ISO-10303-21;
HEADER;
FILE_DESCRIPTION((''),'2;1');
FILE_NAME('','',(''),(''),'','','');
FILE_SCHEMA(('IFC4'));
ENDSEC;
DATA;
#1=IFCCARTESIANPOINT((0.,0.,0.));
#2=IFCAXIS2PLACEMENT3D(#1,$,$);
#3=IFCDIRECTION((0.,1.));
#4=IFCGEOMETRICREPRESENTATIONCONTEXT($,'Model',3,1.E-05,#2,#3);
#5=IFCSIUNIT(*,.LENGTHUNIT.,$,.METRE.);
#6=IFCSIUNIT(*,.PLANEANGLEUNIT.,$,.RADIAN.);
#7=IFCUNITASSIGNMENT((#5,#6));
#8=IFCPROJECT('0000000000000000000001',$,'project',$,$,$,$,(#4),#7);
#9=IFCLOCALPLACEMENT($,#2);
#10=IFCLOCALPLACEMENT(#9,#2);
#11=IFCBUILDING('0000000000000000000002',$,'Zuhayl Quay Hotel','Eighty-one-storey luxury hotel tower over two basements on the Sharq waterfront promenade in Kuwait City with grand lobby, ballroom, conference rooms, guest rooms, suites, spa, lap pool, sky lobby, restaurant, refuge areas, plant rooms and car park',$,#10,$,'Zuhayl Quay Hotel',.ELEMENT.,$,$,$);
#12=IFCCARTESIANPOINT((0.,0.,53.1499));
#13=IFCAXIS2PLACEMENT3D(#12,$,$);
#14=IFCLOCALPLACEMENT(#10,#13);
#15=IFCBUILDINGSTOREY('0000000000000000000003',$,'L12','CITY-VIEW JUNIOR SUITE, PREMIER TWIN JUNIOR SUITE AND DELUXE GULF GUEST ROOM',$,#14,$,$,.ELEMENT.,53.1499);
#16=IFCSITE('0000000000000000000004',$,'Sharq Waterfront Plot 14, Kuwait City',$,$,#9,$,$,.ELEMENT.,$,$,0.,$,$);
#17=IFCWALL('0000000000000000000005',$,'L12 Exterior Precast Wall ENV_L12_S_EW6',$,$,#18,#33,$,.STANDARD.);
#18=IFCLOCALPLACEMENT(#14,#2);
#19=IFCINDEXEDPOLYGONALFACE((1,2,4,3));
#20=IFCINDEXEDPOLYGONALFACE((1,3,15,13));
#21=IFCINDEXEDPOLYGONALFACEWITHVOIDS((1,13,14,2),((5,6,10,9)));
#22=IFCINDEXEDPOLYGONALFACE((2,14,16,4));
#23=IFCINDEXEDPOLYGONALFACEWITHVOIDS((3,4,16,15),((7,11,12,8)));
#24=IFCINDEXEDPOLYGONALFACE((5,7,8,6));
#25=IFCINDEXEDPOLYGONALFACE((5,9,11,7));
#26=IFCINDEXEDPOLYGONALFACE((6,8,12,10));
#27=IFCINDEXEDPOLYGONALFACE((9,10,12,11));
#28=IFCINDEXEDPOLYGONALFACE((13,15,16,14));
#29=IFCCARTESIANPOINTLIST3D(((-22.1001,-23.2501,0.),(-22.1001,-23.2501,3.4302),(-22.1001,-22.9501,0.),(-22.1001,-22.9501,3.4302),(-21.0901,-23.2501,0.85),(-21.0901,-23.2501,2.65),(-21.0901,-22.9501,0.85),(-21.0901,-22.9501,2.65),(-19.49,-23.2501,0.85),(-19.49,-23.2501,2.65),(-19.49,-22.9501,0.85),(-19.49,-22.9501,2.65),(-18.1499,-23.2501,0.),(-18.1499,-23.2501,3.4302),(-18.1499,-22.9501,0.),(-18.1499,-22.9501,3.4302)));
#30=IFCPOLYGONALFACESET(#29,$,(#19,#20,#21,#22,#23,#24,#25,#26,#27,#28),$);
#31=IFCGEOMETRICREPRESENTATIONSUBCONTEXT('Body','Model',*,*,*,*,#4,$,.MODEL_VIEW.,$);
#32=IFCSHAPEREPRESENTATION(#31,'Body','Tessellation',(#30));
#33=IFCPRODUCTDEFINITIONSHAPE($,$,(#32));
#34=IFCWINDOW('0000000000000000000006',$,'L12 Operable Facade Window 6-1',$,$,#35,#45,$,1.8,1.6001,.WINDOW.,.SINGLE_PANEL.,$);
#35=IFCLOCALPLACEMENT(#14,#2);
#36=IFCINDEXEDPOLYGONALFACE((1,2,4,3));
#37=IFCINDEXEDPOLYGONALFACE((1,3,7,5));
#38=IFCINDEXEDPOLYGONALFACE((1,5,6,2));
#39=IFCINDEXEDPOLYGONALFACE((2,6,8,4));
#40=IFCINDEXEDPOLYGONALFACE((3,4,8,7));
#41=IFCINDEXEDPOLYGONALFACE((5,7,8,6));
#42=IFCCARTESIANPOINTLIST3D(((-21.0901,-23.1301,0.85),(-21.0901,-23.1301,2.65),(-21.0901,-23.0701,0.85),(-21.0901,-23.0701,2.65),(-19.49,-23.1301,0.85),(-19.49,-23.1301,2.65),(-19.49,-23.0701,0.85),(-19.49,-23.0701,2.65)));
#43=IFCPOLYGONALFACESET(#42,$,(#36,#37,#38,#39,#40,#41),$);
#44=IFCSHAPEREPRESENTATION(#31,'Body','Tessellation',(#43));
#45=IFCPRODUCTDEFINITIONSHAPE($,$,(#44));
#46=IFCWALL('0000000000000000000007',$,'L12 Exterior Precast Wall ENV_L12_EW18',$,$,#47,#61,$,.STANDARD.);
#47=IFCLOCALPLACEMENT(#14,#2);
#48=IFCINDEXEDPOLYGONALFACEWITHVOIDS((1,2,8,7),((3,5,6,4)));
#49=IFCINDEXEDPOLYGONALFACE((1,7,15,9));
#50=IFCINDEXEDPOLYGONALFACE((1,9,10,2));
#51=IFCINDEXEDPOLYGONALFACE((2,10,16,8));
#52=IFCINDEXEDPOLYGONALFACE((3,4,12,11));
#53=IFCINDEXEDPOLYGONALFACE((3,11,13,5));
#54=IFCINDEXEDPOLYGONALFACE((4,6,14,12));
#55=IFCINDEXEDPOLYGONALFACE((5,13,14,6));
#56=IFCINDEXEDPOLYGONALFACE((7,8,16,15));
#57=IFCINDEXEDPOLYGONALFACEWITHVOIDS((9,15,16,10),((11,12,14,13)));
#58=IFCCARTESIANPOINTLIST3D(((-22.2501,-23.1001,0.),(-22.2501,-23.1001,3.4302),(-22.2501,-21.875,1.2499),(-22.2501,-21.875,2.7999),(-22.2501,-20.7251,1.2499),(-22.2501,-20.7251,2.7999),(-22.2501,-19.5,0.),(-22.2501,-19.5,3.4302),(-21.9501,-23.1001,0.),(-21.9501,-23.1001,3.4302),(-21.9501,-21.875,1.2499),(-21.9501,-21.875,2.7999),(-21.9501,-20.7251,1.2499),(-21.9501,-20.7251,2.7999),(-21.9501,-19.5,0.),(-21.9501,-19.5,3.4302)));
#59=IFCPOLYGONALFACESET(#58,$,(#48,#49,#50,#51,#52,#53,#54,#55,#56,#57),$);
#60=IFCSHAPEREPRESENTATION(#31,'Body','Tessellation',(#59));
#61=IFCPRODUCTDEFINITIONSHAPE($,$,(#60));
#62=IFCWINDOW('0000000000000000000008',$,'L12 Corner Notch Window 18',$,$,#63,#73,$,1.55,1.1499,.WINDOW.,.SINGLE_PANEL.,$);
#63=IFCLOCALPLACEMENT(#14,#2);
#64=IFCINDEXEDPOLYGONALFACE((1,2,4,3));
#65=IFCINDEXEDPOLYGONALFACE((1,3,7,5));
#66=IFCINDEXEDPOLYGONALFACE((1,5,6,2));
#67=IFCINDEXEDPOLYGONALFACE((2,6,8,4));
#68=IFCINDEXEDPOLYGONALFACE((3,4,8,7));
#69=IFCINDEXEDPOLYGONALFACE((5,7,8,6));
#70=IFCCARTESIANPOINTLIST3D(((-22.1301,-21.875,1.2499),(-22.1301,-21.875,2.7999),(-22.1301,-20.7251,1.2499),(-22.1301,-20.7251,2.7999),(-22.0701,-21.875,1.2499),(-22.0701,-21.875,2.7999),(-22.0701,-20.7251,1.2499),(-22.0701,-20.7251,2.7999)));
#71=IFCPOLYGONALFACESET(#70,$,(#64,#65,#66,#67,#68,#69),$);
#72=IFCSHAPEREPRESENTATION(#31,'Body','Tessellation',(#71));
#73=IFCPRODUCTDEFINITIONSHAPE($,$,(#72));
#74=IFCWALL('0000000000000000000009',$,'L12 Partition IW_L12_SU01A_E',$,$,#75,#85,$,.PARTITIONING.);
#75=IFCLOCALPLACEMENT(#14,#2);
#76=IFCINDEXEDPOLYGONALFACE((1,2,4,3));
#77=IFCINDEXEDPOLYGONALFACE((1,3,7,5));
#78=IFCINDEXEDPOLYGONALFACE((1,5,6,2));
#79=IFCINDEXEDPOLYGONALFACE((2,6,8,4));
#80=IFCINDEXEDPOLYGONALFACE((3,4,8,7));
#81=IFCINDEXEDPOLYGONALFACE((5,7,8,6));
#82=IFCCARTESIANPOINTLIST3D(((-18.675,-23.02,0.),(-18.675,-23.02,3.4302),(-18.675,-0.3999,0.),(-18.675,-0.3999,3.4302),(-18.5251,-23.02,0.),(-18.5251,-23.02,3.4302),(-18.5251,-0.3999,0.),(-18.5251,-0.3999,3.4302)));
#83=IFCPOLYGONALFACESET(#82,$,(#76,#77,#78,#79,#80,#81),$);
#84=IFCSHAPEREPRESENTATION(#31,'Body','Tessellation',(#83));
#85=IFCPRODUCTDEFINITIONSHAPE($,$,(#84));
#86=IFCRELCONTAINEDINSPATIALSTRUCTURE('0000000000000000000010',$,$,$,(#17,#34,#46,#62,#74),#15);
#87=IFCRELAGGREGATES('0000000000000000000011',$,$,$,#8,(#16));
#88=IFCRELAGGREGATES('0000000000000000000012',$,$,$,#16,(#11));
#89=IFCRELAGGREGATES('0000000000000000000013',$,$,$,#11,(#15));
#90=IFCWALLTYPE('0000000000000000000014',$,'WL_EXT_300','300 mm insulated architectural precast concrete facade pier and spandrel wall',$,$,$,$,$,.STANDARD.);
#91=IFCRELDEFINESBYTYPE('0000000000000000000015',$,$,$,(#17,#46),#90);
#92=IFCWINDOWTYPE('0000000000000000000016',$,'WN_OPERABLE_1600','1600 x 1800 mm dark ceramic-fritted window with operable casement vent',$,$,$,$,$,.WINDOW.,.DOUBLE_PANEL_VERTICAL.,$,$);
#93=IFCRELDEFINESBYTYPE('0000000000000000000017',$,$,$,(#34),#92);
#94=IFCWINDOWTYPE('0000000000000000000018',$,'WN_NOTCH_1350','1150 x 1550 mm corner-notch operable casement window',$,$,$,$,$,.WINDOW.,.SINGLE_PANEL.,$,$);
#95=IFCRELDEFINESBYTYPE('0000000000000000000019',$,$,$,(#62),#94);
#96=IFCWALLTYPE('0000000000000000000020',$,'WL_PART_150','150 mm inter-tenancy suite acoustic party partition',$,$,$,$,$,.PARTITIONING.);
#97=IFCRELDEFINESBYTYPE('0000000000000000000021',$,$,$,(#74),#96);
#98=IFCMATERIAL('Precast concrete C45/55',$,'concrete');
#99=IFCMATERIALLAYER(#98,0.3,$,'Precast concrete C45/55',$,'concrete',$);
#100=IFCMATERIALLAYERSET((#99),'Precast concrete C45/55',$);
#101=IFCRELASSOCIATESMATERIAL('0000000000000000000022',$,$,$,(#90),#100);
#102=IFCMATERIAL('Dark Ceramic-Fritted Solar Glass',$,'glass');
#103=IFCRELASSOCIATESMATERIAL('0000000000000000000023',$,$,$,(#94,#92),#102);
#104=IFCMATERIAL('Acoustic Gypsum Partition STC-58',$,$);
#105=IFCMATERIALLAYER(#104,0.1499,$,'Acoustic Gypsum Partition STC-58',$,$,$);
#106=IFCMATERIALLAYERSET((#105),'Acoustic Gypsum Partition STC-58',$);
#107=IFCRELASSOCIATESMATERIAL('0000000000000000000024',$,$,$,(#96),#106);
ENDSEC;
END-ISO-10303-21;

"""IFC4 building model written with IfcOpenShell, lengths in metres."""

from ifc_helpers import new_model, si_unit, direction, frame, frame_2d, origin, place, context, subcontext, project, spatial, rectangle, extrude, material, layer, layer_set, type_object, element, fill, save


model = new_model("IFC4")

# Units and contexts
model_context = context("Model", 3, precision=1e-05, world=origin(), true_north=direction((0.0, 1.0)))
body_context = subcontext(model_context, "Body", "Model", "MODEL_VIEW")
ifc_project = project(units=[si_unit("LENGTHUNIT", "METRE"), si_unit("PLANEANGLEUNIT", "RADIAN")], contexts=[model_context])

# Site, building, storey
site_placement = place(None, origin())
site = spatial("IfcSite", under=ifc_project, at=site_placement, Name="Sharq Waterfront Plot 14, Kuwait City", CompositionType="ELEMENT", RefElevation=0.0)
building_placement = place(site_placement, origin())
building = spatial("IfcBuilding", under=site, at=building_placement, Name="Zuhayl Quay Hotel", Description="Eighty-one-storey luxury hotel tower over two basements on the Sharq waterfront promenade in Kuwait City with grand lobby, ballroom, conference rooms, guest rooms, suites, spa, lap pool, sky lobby, restaurant, refuge areas, plant rooms and car park", LongName="Zuhayl Quay Hotel", CompositionType="ELEMENT")
storey_placement = place(building_placement, frame((0.0, 0.0, 53.1499)))
storey = spatial("IfcBuildingStorey", under=building, at=storey_placement, Name="L12", Description="CITY-VIEW JUNIOR SUITE, PREMIER TWIN JUNIOR SUITE AND DELUXE GULF GUEST ROOM", CompositionType="ELEMENT", Elevation=53.1499)

# Shared definitions
ifc_material_1 = material(Name="Dark Ceramic-Fritted Solar Glass", Category="glass")

# Shared definitions
ifc_material_2 = material(Name="Precast concrete C45/55", Category="concrete")
ifc_layer_1 = layer(ifc_material_2, 0.3, Name="Precast concrete C45/55", Category="concrete")
ifc_layer_set_1 = layer_set([ifc_layer_1], Name="Precast concrete C45/55")
wall_type_1 = type_object("IfcWallType", Name="WL_EXT_300", Description="300 mm insulated architectural precast concrete facade pier and spandrel wall", PredefinedType="STANDARD", material=ifc_layer_set_1)
window_type_1 = type_object("IfcWindowType", Name="WN_NOTCH_1350", Description="1150 x 1550 mm corner-notch operable casement window", PartitioningType="SINGLE_PANEL", PredefinedType="WINDOW", material=ifc_material_1)

# Walls, openings, windows
wall_1_placement = place(storey_placement, frame((-18.1499, -23.1001, 0.0), z_axis=(0.0, 0.0, 1.0), x_axis=(-1.0, 0.0, 0.0)))
wall_1 = element("IfcWall", 1, at=wall_1_placement, inside=storey, type_object=wall_type_1, Name="L12 Exterior Precast Wall ENV_L12_S_EW6", PredefinedType="STANDARD", context=body_context, shape_type="SweptSolid", body=[
    extrude(rectangle(XDim=3.9502, YDim=0.3, at=frame_2d((1.9751, 0.0))), origin(), (0.0, 0.0, 1.0), 3.4302),
])
opening_1_placement = place(wall_1_placement, frame((1.3401, 0.0, 0.8501)))
opening_1 = element("IfcOpeningElement", 2, at=opening_1_placement, cuts=wall_1, PredefinedType="OPENING", context=body_context, shape_type="SweptSolid", body=[
    extrude(rectangle(XDim=1.6001, YDim=1.8, at=frame_2d((0.8, 0.8999))), frame((0.0, 0.1599, 0.0), z_axis=(0.0, -1.0, 0.0), x_axis=(1.0, 0.0, 0.0)), (0.0, 0.0, 1.0), 0.3201),
])
window_type_2 = type_object("IfcWindowType", Name="WN_OPERABLE_1600", Description="1600 x 1800 mm dark ceramic-fritted window with operable casement vent", PartitioningType="DOUBLE_PANEL_VERTICAL", PredefinedType="WINDOW", material=ifc_material_1)
window_1_placement = place(opening_1_placement, origin())
window_1 = element("IfcWindow", 3, at=window_1_placement, inside=storey, type_object=window_type_2, Name="L12 Operable Facade Window 6-1", OverallHeight=1.8, OverallWidth=1.6001, PartitioningType="SINGLE_PANEL", PredefinedType="WINDOW", context=body_context, shape_type="SweptSolid", body=[
    extrude(rectangle(XDim=1.6001, YDim=1.8, at=frame_2d((0.8, 0.8999))), frame((0.0, 0.03, 0.0), z_axis=(0.0, -1.0, 0.0), x_axis=(1.0, 0.0, 0.0)), (0.0, 0.0, 1.0), 0.0601),
])
fill(opening_1, window_1)
wall_2_placement = place(storey_placement, frame((-22.1001, -23.1001, 0.0), z_axis=(0.0, 0.0, 1.0), x_axis=(0.0, 1.0, 0.0)))
wall_2 = element("IfcWall", 4, at=wall_2_placement, inside=storey, type_object=wall_type_1, Name="L12 Exterior Precast Wall ENV_L12_EW18", PredefinedType="STANDARD", context=body_context, shape_type="SweptSolid", body=[
    extrude(rectangle(XDim=3.6001, YDim=0.3, at=frame_2d((1.8, 0.0))), origin(), (0.0, 0.0, 1.0), 3.4302),
])
opening_2_placement = place(wall_2_placement, frame((1.2251, 0.0, 1.25)))
opening_2 = element("IfcOpeningElement", 5, at=opening_2_placement, cuts=wall_2, PredefinedType="OPENING", context=body_context, shape_type="SweptSolid", body=[
    extrude(rectangle(XDim=1.1499, YDim=1.55, at=frame_2d((0.575, 0.7749))), frame((0.0, 0.1599, 0.0), z_axis=(0.0, -1.0, 0.0), x_axis=(1.0, 0.0, 0.0)), (0.0, 0.0, 1.0), 0.3201),
])
window_2_placement = place(opening_2_placement, origin())
window_2 = element("IfcWindow", 6, at=window_2_placement, inside=storey, type_object=window_type_1, Name="L12 Corner Notch Window 18", OverallHeight=1.55, OverallWidth=1.1499, PartitioningType="SINGLE_PANEL", PredefinedType="WINDOW", context=body_context, shape_type="SweptSolid", body=[
    extrude(rectangle(XDim=1.1499, YDim=1.55, at=frame_2d((0.575, 0.7749))), frame((0.0, 0.03, 0.0), z_axis=(0.0, -1.0, 0.0), x_axis=(1.0, 0.0, 0.0)), (0.0, 0.0, 1.0), 0.0601),
])
fill(opening_2, window_2)

# Wall
ifc_material_3 = material(Name="Acoustic Gypsum Partition STC-58")
ifc_layer_2 = layer(ifc_material_3, 0.1499, Name="Acoustic Gypsum Partition STC-58")
ifc_layer_set_2 = layer_set([ifc_layer_2], Name="Acoustic Gypsum Partition STC-58")
wall_type_2 = type_object("IfcWallType", Name="WL_PART_150", Description="150 mm inter-tenancy suite acoustic party partition", PredefinedType="PARTITIONING", material=ifc_layer_set_2)
wall_3_placement = place(storey_placement, frame((-18.6001, -23.02, 0.0), z_axis=(0.0, 0.0, 1.0), x_axis=(0.0, 1.0, 0.0)))
element("IfcWall", 7, at=wall_3_placement, inside=storey, type_object=wall_type_2, Name="L12 Partition IW_L12_SU01A_E", PredefinedType="PARTITIONING", context=body_context, shape_type="SweptSolid", body=[
    extrude(rectangle(XDim=22.6201, YDim=0.1499, at=frame_2d((11.3101, 0.0))), origin(), (0.0, 0.0, 1.0), 3.4302),
])

save(model, "model.ifc")
